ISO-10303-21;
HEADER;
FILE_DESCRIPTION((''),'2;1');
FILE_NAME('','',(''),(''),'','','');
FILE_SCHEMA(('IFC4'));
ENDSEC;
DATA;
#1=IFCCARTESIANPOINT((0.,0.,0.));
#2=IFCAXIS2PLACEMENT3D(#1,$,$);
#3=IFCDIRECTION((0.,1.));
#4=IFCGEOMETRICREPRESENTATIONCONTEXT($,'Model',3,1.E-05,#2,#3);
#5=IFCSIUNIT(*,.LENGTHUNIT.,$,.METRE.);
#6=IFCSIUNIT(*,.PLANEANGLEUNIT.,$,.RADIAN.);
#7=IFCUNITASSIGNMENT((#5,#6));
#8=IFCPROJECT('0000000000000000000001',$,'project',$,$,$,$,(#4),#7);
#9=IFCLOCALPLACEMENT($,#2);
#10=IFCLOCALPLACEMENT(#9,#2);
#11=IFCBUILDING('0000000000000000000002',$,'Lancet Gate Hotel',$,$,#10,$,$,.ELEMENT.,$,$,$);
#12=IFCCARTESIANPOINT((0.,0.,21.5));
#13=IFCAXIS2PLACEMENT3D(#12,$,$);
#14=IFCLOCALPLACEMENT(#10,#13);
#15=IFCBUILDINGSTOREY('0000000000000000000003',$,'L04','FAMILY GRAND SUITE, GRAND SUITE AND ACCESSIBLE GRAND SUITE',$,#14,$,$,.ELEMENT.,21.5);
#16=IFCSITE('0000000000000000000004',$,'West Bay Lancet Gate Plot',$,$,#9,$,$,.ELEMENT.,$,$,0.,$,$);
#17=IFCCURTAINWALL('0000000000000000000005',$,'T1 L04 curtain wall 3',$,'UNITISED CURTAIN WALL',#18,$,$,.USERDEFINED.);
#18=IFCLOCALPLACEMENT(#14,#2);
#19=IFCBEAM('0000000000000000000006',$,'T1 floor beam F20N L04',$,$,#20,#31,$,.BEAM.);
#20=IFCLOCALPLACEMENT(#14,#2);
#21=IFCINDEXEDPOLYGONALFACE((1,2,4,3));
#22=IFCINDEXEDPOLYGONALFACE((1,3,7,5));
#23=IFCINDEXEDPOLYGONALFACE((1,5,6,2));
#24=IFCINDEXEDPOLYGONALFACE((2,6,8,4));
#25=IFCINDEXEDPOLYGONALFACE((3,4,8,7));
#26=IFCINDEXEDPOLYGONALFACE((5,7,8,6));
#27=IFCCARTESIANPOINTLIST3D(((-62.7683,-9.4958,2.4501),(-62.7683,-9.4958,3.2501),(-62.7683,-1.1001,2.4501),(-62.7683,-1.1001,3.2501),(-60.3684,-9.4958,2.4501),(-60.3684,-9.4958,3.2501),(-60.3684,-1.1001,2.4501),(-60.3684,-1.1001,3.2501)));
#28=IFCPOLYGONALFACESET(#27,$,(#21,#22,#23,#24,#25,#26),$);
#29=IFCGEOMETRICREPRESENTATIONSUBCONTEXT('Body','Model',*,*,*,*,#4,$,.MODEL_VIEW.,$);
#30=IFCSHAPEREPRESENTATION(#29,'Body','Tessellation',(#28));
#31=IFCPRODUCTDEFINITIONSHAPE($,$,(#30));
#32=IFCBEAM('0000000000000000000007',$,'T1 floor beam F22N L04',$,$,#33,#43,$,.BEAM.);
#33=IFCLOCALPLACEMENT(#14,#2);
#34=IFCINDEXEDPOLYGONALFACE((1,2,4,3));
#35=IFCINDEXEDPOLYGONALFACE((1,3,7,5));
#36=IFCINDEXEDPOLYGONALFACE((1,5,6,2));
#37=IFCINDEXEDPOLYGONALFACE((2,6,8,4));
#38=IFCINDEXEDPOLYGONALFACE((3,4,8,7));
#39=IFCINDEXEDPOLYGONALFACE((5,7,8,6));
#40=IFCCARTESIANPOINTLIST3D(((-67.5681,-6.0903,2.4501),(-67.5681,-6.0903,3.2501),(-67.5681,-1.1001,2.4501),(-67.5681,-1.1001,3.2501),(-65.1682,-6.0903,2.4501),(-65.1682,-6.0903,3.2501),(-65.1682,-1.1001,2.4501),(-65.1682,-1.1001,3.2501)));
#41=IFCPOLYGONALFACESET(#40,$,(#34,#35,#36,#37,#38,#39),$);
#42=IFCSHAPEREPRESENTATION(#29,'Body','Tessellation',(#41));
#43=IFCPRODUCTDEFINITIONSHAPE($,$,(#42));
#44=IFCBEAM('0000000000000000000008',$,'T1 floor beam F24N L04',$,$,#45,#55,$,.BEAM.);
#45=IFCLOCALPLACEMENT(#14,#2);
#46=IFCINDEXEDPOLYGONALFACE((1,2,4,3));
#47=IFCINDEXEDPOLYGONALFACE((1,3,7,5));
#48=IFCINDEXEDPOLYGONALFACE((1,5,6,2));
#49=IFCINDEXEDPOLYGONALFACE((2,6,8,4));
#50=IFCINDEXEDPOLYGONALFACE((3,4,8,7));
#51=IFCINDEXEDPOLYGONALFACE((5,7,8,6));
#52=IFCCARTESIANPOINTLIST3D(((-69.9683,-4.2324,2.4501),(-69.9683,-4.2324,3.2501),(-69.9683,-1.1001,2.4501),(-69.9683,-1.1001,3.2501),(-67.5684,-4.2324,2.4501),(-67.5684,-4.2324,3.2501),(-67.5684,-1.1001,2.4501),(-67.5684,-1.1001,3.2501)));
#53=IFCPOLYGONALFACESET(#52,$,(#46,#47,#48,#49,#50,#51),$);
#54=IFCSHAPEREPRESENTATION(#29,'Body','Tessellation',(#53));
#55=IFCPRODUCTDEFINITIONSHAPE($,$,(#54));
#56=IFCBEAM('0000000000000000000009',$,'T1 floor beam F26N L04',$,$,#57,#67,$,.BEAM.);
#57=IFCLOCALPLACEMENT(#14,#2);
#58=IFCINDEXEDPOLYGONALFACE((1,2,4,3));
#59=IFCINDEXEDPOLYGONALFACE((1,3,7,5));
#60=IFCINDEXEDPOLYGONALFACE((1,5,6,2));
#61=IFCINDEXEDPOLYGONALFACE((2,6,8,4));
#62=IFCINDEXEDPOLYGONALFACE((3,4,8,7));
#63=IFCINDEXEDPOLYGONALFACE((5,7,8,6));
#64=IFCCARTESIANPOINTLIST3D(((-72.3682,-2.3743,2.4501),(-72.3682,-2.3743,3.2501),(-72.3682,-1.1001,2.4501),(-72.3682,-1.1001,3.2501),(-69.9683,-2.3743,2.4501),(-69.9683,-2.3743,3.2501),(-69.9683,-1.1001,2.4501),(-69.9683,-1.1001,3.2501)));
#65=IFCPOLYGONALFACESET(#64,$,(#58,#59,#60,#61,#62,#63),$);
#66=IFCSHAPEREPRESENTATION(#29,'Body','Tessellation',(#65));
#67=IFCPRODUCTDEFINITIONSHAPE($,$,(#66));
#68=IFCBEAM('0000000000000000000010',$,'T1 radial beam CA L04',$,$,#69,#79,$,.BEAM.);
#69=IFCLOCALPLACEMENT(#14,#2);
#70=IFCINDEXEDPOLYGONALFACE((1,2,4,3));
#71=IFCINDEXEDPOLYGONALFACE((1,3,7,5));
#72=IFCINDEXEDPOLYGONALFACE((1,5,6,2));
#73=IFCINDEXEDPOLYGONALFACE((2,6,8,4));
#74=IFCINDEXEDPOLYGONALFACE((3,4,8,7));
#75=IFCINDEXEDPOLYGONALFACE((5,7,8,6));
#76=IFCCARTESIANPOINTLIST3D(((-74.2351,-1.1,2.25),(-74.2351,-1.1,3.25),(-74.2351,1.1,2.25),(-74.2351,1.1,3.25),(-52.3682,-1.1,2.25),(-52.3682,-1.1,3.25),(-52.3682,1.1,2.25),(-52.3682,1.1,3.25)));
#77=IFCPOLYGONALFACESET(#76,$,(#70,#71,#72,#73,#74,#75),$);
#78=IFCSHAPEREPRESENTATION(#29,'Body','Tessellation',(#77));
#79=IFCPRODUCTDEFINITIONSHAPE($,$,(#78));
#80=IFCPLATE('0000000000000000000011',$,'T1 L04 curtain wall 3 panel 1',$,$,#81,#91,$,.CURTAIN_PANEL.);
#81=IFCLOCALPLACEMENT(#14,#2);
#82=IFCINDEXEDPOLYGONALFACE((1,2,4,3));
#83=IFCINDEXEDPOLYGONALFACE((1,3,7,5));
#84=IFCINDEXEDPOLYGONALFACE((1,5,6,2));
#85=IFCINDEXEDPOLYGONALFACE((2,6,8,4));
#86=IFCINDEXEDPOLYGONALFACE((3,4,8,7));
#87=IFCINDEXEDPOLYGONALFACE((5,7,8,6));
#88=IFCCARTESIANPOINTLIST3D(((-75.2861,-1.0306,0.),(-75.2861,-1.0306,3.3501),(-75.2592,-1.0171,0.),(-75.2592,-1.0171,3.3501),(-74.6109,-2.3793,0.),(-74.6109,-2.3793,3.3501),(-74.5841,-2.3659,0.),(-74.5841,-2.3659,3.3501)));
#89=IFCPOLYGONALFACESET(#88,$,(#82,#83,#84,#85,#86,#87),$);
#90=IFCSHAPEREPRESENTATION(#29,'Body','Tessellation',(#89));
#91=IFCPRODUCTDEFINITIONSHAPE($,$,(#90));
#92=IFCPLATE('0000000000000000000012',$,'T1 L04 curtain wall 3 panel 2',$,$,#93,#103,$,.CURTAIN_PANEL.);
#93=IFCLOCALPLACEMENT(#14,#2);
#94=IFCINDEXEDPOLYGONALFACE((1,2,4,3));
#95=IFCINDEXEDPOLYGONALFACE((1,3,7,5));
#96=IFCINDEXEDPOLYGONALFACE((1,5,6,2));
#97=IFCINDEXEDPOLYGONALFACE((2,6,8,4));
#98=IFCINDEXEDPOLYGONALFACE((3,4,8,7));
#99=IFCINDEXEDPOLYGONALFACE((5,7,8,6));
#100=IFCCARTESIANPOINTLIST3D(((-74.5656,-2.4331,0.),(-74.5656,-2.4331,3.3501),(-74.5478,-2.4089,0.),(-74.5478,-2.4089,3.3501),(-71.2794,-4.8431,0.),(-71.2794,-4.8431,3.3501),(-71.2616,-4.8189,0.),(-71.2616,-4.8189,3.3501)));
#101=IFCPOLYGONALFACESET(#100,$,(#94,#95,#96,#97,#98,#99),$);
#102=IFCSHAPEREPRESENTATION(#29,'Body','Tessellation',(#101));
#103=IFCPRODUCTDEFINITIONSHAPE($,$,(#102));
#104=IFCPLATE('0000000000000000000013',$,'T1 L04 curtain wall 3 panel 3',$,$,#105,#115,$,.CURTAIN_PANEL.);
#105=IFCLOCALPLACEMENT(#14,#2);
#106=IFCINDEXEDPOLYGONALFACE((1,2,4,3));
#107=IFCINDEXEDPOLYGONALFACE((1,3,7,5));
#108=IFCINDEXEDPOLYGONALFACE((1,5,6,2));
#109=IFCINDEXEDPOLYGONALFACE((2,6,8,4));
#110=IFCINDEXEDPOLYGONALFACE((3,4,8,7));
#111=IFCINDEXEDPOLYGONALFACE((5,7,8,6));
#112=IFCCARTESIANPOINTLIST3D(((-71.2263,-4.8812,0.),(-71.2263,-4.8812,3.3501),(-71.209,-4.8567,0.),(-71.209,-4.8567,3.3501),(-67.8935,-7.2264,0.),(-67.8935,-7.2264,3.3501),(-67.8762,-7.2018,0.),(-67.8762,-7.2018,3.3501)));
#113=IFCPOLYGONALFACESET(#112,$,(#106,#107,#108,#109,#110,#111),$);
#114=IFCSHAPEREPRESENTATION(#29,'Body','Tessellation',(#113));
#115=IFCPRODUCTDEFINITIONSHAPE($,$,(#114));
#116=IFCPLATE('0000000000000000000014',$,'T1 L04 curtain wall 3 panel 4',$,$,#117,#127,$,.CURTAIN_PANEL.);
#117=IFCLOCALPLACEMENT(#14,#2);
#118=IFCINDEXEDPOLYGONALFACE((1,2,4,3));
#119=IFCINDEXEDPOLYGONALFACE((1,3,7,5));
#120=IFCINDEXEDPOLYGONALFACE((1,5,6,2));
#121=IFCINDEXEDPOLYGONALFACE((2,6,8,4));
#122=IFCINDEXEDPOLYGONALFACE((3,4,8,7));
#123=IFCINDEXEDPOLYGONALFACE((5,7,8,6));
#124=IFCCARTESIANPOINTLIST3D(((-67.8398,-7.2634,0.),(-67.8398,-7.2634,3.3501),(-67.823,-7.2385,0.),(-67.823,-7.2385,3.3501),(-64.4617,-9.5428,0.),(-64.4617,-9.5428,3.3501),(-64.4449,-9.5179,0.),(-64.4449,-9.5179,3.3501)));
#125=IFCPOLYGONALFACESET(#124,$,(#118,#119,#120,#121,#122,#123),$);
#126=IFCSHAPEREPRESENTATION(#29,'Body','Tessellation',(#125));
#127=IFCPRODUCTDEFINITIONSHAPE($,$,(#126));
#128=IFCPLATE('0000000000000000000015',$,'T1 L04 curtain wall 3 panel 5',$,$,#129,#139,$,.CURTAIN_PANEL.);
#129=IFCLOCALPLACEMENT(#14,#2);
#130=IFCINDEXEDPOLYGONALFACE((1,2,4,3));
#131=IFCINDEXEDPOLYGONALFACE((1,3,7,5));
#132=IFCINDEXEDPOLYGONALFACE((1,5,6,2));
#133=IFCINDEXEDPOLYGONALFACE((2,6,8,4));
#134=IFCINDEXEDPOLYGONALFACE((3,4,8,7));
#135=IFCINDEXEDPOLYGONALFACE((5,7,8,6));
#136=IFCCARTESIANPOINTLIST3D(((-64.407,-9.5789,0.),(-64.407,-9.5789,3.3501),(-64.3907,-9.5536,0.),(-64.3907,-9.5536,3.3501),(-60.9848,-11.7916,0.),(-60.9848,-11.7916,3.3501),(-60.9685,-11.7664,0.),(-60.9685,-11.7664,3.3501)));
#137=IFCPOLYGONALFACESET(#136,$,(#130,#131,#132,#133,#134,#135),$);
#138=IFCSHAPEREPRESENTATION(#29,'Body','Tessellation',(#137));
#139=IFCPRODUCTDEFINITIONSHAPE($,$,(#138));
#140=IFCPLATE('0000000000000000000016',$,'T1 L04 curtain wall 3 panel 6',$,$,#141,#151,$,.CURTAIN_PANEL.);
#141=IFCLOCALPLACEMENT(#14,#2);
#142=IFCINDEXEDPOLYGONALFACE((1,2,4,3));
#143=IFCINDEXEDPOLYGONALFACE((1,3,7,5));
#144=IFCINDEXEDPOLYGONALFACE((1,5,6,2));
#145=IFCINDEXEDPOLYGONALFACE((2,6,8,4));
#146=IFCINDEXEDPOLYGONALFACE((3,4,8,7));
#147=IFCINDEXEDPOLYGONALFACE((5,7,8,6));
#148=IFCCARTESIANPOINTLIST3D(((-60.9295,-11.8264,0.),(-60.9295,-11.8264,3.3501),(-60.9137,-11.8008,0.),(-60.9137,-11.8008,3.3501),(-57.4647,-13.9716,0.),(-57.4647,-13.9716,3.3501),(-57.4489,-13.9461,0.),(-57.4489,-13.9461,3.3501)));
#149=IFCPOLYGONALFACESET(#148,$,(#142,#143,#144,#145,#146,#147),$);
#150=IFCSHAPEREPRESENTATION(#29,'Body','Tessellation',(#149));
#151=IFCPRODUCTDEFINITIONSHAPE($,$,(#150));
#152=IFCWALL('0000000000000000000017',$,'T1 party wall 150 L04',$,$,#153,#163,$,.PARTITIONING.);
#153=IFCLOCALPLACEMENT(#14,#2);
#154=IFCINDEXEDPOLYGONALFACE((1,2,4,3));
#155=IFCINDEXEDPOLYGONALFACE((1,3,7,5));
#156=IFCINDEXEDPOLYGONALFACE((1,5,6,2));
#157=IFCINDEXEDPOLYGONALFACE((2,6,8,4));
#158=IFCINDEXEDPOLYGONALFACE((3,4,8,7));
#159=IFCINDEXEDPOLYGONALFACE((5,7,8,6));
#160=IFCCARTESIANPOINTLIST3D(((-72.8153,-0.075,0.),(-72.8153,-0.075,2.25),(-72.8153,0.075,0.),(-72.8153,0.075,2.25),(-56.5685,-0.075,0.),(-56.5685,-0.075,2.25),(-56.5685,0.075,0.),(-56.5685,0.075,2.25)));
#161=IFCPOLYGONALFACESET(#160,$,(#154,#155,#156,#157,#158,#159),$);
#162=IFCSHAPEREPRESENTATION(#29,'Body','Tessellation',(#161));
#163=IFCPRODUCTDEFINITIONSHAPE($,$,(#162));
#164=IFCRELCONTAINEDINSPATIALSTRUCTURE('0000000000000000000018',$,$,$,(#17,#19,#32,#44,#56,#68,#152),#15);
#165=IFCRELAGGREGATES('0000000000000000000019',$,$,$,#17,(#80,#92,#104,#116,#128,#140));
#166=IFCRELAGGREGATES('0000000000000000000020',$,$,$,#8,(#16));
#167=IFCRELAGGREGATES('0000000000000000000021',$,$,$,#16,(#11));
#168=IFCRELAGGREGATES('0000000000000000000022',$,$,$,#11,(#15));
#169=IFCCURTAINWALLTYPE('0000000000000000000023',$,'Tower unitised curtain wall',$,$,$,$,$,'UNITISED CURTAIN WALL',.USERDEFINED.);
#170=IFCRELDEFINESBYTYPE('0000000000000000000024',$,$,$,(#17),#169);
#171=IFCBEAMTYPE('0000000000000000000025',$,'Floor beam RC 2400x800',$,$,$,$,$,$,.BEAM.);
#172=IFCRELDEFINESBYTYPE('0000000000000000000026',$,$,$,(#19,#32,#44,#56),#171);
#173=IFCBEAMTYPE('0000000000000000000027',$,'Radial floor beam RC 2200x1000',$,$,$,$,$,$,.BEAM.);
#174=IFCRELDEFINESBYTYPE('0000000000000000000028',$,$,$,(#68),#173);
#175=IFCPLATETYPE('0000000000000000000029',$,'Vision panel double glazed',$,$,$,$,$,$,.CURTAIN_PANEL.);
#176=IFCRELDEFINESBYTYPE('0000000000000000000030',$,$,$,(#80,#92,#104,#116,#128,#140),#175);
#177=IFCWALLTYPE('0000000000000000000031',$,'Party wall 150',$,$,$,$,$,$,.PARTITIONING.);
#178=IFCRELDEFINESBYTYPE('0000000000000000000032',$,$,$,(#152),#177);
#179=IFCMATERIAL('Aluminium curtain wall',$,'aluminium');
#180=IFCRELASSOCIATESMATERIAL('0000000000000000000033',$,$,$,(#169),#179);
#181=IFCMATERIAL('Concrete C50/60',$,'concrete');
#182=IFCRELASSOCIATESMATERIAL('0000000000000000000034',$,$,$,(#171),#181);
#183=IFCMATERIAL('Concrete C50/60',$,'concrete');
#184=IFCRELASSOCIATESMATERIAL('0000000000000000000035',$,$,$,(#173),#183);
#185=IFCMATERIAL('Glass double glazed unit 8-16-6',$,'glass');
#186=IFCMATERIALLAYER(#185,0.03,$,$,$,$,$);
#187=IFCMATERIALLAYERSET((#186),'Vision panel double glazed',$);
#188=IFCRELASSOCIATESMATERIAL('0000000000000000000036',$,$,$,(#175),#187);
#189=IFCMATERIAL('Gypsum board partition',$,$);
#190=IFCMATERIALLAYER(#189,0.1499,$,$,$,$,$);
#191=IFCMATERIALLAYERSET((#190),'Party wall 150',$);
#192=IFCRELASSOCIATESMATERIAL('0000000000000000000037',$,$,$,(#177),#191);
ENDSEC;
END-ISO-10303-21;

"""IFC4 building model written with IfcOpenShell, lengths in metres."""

from ifc_helpers import new_model, si_unit, direction, frame, frame_2d, origin, origin_2d, place, context, subcontext, project, spatial, rectangle, extrude, material, layer, layer_set, material_profile, profile_set, type_object, element, aggregate, save


model = new_model("IFC4")

# Units and contexts
model_context = context("Model", 3, precision=1e-05, world=origin(), true_north=direction((0.0, 1.0)))
body_context = subcontext(model_context, "Body", "Model", "MODEL_VIEW")
ifc_project = project(units=[si_unit("LENGTHUNIT", "METRE"), si_unit("PLANEANGLEUNIT", "RADIAN")], contexts=[model_context])

# Site, building, storey
site_placement = place(None, origin())
site = spatial("IfcSite", under=ifc_project, at=site_placement, Name="West Bay Lancet Gate Plot", CompositionType="ELEMENT", RefElevation=0.0)
building_placement = place(site_placement, origin())
building = spatial("IfcBuilding", under=site, at=building_placement, Name="Lancet Gate Hotel", CompositionType="ELEMENT")
storey_placement = place(building_placement, frame((0.0, 0.0, 21.5)))
storey = spatial("IfcBuildingStorey", under=building, at=storey_placement, Name="L04", Description="FAMILY GRAND SUITE, GRAND SUITE AND ACCESSIBLE GRAND SUITE", CompositionType="ELEMENT", Elevation=21.5)

# Curtain wall
ifc_material_1 = material(Name="Aluminium curtain wall", Category="aluminium")
curtain_wall_type = type_object("IfcCurtainWallType", Name="Tower unitised curtain wall", ElementType="UNITISED CURTAIN WALL", PredefinedType="USERDEFINED", material=ifc_material_1)
curtain_wall_placement = place(storey_placement, origin())
curtain_wall = element("IfcCurtainWall", 1, at=curtain_wall_placement, inside=storey, type_object=curtain_wall_type, Name="T1 L04 curtain wall 3", ObjectType="UNITISED CURTAIN WALL", PredefinedType="USERDEFINED")

# Beams
ifc_material_2 = material(Name="Concrete C50/60", Category="concrete")
ifc_material_profile_1 = material_profile(ifc_material_2, rectangle(XDim=2.3999, YDim=0.8, at=origin_2d()), Name="RC 2400x800")
ifc_profile_set_1 = profile_set([ifc_material_profile_1], Name="Concrete C50/60")
beam_type_1 = type_object("IfcBeamType", Name="Floor beam RC 2400x800", PredefinedType="BEAM", material=ifc_profile_set_1)
beam_1_placement = place(storey_placement, frame((-61.5684, -1.1001, 2.8501), z_axis=(0.0, -1.0, 0.0), x_axis=(1.0, 0.0, 0.0)))
element("IfcBeam", 2, at=beam_1_placement, inside=storey, type_object=beam_type_1, Name="T1 floor beam F20N L04", PredefinedType="BEAM", context=body_context, shape_type="SweptSolid", body=[
    extrude(rectangle(XDim=2.3999, YDim=0.8, at=origin_2d()), origin(), (0.0, 0.0, 1.0), 8.3958),
])
beam_2_placement = place(storey_placement, frame((-66.3682, -1.1001, 2.8501), z_axis=(0.0, -1.0, 0.0), x_axis=(1.0, 0.0, 0.0)))
element("IfcBeam", 3, at=beam_2_placement, inside=storey, type_object=beam_type_1, Name="T1 floor beam F22N L04", PredefinedType="BEAM", context=body_context, shape_type="SweptSolid", body=[
    extrude(rectangle(XDim=2.3999, YDim=0.8, at=origin_2d()), origin(), (0.0, 0.0, 1.0), 4.9902),
])
beam_3_placement = place(storey_placement, frame((-68.7683, -1.1001, 2.8501), z_axis=(0.0, -1.0, 0.0), x_axis=(1.0, 0.0, 0.0)))
element("IfcBeam", 4, at=beam_3_placement, inside=storey, type_object=beam_type_1, Name="T1 floor beam F24N L04", PredefinedType="BEAM", context=body_context, shape_type="SweptSolid", body=[
    extrude(rectangle(XDim=2.3999, YDim=0.8, at=origin_2d()), origin(), (0.0, 0.0, 1.0), 3.1323),
])
beam_4_placement = place(storey_placement, frame((-71.1682, -1.1001, 2.8501), z_axis=(0.0, -1.0, 0.0), x_axis=(1.0, 0.0, 0.0)))
element("IfcBeam", 5, at=beam_4_placement, inside=storey, type_object=beam_type_1, Name="T1 floor beam F26N L04", PredefinedType="BEAM", context=body_context, shape_type="SweptSolid", body=[
    extrude(rectangle(XDim=2.3999, YDim=0.8, at=origin_2d()), origin(), (0.0, 0.0, 1.0), 1.2742),
])
ifc_material_3 = material(Name="Concrete C50/60", Category="concrete")
ifc_material_profile_2 = material_profile(ifc_material_3, rectangle(XDim=2.2, YDim=1.0, at=origin_2d()), Name="RC 2200x1000")
ifc_profile_set_2 = profile_set([ifc_material_profile_2], Name="Concrete C50/60")
beam_type_2 = type_object("IfcBeamType", Name="Radial floor beam RC 2200x1000", PredefinedType="BEAM", material=ifc_profile_set_2)
beam_5_placement = place(storey_placement, frame((-74.2351, 0.0, 2.75), z_axis=(1.0, 0.0, 0.0), x_axis=(0.0, 1.0, 0.0)))
element("IfcBeam", 6, at=beam_5_placement, inside=storey, type_object=beam_type_2, Name="T1 radial beam CA L04", PredefinedType="BEAM", context=body_context, shape_type="SweptSolid", body=[
    extrude(rectangle(XDim=2.2, YDim=1.0, at=origin_2d()), origin(), (0.0, 0.0, 1.0), 21.8669),
])

# Plates
ifc_material_4 = material(Name="Glass double glazed unit 8-16-6", Category="glass")
ifc_layer_1 = layer(ifc_material_4, 0.03)
ifc_layer_set_1 = layer_set([ifc_layer_1], Name="Vision panel double glazed")
plate_type = type_object("IfcPlateType", Name="Vision panel double glazed", PredefinedType="CURTAIN_PANEL", material=ifc_layer_set_1)
plate_1_placement = place(storey_placement, frame((-74.9351, -1.6982, 0.0), z_axis=(0.0, 0.0, 1.0), x_axis=(0.447628, -0.89422, 0.0)))
plate_1 = element("IfcPlate", 7, at=plate_1_placement, type_object=plate_type, Name="T1 L04 curtain wall 3 panel 1", PredefinedType="CURTAIN_PANEL", context=body_context, shape_type="SweptSolid", body=[
    extrude(rectangle(XDim=1.5083, YDim=0.03, at=origin_2d()), origin(), (0.0, 0.0, 1.0), 3.3501),
])
plate_2_placement = place(storey_placement, frame((-72.9136, -3.626, 0.0), z_axis=(0.0, 0.0, 1.0), x_axis=(0.80639, -0.591384, 0.0)))
plate_2 = element("IfcPlate", 8, at=plate_2_placement, type_object=plate_type, Name="T1 L04 curtain wall 3 panel 2", PredefinedType="CURTAIN_PANEL", context=body_context, shape_type="SweptSolid", body=[
    extrude(rectangle(XDim=4.0752, YDim=0.03, at=origin_2d()), origin(), (0.0, 0.0, 1.0), 3.3501),
])
plate_3_placement = place(storey_placement, frame((-69.5513, -6.0415, 0.0), z_axis=(0.0, 0.0, 1.0), x_axis=(0.817825, -0.575467, 0.0)))
plate_3 = element("IfcPlate", 9, at=plate_3_placement, type_object=plate_type, Name="T1 L04 curtain wall 3 panel 3", PredefinedType="CURTAIN_PANEL", context=body_context, shape_type="SweptSolid", body=[
    extrude(rectangle(XDim=4.0752, YDim=0.03, at=origin_2d()), origin(), (0.0, 0.0, 1.0), 3.3501),
])
plate_4_placement = place(storey_placement, frame((-66.1423, -8.3906, 0.0), z_axis=(0.0, 0.0, 1.0), x_axis=(0.828946, -0.559329, 0.0)))
plate_4 = element("IfcPlate", 10, at=plate_4_placement, type_object=plate_type, Name="T1 L04 curtain wall 3 panel 4", PredefinedType="CURTAIN_PANEL", context=body_context, shape_type="SweptSolid", body=[
    extrude(rectangle(XDim=4.0752, YDim=0.03, at=origin_2d()), origin(), (0.0, 0.0, 1.0), 3.3501),
])
plate_5_placement = place(storey_placement, frame((-62.6877, -10.6726, 0.0), z_axis=(0.0, 0.0, 1.0), x_axis=(0.839749, -0.542975, 0.0)))
plate_5 = element("IfcPlate", 11, at=plate_5_placement, type_object=plate_type, Name="T1 L04 curtain wall 3 panel 5", PredefinedType="CURTAIN_PANEL", context=body_context, shape_type="SweptSolid", body=[
    extrude(rectangle(XDim=4.0752, YDim=0.03, at=origin_2d()), origin(), (0.0, 0.0, 1.0), 3.3501),
])
plate_6_placement = place(storey_placement, frame((-59.1892, -12.8862, 0.0), z_axis=(0.0, 0.0, 1.0), x_axis=(0.850229, -0.526414, 0.0)))
plate_6 = element("IfcPlate", 12, at=plate_6_placement, type_object=plate_type, Name="T1 L04 curtain wall 3 panel 6", PredefinedType="CURTAIN_PANEL", context=body_context, shape_type="SweptSolid", body=[
    extrude(rectangle(XDim=4.0752, YDim=0.03, at=origin_2d()), origin(), (0.0, 0.0, 1.0), 3.3501),
])
aggregate(curtain_wall, [plate_1, plate_2, plate_3, plate_4, plate_5, plate_6])

# Wall
ifc_material_5 = material(Name="Gypsum board partition")
ifc_layer_2 = layer(ifc_material_5, 0.1499)
ifc_layer_set_2 = layer_set([ifc_layer_2], Name="Party wall 150")
wall_type = type_object("IfcWallType", Name="Party wall 150", PredefinedType="PARTITIONING", material=ifc_layer_set_2)
wall_placement = place(storey_placement, frame((-56.5684, 0.0, 0.0), z_axis=(0.0, 0.0, 1.0), x_axis=(-1.0, 0.0, 0.0)))
element("IfcWall", 13, at=wall_placement, inside=storey, type_object=wall_type, Name="T1 party wall 150 L04", PredefinedType="PARTITIONING", context=body_context, shape_type="SweptSolid", body=[
    extrude(rectangle(XDim=16.2468, YDim=0.1499, at=frame_2d((8.1235, 0.0))), origin(), (0.0, 0.0, 1.0), 2.25),
])

save(model, "model.ifc")
